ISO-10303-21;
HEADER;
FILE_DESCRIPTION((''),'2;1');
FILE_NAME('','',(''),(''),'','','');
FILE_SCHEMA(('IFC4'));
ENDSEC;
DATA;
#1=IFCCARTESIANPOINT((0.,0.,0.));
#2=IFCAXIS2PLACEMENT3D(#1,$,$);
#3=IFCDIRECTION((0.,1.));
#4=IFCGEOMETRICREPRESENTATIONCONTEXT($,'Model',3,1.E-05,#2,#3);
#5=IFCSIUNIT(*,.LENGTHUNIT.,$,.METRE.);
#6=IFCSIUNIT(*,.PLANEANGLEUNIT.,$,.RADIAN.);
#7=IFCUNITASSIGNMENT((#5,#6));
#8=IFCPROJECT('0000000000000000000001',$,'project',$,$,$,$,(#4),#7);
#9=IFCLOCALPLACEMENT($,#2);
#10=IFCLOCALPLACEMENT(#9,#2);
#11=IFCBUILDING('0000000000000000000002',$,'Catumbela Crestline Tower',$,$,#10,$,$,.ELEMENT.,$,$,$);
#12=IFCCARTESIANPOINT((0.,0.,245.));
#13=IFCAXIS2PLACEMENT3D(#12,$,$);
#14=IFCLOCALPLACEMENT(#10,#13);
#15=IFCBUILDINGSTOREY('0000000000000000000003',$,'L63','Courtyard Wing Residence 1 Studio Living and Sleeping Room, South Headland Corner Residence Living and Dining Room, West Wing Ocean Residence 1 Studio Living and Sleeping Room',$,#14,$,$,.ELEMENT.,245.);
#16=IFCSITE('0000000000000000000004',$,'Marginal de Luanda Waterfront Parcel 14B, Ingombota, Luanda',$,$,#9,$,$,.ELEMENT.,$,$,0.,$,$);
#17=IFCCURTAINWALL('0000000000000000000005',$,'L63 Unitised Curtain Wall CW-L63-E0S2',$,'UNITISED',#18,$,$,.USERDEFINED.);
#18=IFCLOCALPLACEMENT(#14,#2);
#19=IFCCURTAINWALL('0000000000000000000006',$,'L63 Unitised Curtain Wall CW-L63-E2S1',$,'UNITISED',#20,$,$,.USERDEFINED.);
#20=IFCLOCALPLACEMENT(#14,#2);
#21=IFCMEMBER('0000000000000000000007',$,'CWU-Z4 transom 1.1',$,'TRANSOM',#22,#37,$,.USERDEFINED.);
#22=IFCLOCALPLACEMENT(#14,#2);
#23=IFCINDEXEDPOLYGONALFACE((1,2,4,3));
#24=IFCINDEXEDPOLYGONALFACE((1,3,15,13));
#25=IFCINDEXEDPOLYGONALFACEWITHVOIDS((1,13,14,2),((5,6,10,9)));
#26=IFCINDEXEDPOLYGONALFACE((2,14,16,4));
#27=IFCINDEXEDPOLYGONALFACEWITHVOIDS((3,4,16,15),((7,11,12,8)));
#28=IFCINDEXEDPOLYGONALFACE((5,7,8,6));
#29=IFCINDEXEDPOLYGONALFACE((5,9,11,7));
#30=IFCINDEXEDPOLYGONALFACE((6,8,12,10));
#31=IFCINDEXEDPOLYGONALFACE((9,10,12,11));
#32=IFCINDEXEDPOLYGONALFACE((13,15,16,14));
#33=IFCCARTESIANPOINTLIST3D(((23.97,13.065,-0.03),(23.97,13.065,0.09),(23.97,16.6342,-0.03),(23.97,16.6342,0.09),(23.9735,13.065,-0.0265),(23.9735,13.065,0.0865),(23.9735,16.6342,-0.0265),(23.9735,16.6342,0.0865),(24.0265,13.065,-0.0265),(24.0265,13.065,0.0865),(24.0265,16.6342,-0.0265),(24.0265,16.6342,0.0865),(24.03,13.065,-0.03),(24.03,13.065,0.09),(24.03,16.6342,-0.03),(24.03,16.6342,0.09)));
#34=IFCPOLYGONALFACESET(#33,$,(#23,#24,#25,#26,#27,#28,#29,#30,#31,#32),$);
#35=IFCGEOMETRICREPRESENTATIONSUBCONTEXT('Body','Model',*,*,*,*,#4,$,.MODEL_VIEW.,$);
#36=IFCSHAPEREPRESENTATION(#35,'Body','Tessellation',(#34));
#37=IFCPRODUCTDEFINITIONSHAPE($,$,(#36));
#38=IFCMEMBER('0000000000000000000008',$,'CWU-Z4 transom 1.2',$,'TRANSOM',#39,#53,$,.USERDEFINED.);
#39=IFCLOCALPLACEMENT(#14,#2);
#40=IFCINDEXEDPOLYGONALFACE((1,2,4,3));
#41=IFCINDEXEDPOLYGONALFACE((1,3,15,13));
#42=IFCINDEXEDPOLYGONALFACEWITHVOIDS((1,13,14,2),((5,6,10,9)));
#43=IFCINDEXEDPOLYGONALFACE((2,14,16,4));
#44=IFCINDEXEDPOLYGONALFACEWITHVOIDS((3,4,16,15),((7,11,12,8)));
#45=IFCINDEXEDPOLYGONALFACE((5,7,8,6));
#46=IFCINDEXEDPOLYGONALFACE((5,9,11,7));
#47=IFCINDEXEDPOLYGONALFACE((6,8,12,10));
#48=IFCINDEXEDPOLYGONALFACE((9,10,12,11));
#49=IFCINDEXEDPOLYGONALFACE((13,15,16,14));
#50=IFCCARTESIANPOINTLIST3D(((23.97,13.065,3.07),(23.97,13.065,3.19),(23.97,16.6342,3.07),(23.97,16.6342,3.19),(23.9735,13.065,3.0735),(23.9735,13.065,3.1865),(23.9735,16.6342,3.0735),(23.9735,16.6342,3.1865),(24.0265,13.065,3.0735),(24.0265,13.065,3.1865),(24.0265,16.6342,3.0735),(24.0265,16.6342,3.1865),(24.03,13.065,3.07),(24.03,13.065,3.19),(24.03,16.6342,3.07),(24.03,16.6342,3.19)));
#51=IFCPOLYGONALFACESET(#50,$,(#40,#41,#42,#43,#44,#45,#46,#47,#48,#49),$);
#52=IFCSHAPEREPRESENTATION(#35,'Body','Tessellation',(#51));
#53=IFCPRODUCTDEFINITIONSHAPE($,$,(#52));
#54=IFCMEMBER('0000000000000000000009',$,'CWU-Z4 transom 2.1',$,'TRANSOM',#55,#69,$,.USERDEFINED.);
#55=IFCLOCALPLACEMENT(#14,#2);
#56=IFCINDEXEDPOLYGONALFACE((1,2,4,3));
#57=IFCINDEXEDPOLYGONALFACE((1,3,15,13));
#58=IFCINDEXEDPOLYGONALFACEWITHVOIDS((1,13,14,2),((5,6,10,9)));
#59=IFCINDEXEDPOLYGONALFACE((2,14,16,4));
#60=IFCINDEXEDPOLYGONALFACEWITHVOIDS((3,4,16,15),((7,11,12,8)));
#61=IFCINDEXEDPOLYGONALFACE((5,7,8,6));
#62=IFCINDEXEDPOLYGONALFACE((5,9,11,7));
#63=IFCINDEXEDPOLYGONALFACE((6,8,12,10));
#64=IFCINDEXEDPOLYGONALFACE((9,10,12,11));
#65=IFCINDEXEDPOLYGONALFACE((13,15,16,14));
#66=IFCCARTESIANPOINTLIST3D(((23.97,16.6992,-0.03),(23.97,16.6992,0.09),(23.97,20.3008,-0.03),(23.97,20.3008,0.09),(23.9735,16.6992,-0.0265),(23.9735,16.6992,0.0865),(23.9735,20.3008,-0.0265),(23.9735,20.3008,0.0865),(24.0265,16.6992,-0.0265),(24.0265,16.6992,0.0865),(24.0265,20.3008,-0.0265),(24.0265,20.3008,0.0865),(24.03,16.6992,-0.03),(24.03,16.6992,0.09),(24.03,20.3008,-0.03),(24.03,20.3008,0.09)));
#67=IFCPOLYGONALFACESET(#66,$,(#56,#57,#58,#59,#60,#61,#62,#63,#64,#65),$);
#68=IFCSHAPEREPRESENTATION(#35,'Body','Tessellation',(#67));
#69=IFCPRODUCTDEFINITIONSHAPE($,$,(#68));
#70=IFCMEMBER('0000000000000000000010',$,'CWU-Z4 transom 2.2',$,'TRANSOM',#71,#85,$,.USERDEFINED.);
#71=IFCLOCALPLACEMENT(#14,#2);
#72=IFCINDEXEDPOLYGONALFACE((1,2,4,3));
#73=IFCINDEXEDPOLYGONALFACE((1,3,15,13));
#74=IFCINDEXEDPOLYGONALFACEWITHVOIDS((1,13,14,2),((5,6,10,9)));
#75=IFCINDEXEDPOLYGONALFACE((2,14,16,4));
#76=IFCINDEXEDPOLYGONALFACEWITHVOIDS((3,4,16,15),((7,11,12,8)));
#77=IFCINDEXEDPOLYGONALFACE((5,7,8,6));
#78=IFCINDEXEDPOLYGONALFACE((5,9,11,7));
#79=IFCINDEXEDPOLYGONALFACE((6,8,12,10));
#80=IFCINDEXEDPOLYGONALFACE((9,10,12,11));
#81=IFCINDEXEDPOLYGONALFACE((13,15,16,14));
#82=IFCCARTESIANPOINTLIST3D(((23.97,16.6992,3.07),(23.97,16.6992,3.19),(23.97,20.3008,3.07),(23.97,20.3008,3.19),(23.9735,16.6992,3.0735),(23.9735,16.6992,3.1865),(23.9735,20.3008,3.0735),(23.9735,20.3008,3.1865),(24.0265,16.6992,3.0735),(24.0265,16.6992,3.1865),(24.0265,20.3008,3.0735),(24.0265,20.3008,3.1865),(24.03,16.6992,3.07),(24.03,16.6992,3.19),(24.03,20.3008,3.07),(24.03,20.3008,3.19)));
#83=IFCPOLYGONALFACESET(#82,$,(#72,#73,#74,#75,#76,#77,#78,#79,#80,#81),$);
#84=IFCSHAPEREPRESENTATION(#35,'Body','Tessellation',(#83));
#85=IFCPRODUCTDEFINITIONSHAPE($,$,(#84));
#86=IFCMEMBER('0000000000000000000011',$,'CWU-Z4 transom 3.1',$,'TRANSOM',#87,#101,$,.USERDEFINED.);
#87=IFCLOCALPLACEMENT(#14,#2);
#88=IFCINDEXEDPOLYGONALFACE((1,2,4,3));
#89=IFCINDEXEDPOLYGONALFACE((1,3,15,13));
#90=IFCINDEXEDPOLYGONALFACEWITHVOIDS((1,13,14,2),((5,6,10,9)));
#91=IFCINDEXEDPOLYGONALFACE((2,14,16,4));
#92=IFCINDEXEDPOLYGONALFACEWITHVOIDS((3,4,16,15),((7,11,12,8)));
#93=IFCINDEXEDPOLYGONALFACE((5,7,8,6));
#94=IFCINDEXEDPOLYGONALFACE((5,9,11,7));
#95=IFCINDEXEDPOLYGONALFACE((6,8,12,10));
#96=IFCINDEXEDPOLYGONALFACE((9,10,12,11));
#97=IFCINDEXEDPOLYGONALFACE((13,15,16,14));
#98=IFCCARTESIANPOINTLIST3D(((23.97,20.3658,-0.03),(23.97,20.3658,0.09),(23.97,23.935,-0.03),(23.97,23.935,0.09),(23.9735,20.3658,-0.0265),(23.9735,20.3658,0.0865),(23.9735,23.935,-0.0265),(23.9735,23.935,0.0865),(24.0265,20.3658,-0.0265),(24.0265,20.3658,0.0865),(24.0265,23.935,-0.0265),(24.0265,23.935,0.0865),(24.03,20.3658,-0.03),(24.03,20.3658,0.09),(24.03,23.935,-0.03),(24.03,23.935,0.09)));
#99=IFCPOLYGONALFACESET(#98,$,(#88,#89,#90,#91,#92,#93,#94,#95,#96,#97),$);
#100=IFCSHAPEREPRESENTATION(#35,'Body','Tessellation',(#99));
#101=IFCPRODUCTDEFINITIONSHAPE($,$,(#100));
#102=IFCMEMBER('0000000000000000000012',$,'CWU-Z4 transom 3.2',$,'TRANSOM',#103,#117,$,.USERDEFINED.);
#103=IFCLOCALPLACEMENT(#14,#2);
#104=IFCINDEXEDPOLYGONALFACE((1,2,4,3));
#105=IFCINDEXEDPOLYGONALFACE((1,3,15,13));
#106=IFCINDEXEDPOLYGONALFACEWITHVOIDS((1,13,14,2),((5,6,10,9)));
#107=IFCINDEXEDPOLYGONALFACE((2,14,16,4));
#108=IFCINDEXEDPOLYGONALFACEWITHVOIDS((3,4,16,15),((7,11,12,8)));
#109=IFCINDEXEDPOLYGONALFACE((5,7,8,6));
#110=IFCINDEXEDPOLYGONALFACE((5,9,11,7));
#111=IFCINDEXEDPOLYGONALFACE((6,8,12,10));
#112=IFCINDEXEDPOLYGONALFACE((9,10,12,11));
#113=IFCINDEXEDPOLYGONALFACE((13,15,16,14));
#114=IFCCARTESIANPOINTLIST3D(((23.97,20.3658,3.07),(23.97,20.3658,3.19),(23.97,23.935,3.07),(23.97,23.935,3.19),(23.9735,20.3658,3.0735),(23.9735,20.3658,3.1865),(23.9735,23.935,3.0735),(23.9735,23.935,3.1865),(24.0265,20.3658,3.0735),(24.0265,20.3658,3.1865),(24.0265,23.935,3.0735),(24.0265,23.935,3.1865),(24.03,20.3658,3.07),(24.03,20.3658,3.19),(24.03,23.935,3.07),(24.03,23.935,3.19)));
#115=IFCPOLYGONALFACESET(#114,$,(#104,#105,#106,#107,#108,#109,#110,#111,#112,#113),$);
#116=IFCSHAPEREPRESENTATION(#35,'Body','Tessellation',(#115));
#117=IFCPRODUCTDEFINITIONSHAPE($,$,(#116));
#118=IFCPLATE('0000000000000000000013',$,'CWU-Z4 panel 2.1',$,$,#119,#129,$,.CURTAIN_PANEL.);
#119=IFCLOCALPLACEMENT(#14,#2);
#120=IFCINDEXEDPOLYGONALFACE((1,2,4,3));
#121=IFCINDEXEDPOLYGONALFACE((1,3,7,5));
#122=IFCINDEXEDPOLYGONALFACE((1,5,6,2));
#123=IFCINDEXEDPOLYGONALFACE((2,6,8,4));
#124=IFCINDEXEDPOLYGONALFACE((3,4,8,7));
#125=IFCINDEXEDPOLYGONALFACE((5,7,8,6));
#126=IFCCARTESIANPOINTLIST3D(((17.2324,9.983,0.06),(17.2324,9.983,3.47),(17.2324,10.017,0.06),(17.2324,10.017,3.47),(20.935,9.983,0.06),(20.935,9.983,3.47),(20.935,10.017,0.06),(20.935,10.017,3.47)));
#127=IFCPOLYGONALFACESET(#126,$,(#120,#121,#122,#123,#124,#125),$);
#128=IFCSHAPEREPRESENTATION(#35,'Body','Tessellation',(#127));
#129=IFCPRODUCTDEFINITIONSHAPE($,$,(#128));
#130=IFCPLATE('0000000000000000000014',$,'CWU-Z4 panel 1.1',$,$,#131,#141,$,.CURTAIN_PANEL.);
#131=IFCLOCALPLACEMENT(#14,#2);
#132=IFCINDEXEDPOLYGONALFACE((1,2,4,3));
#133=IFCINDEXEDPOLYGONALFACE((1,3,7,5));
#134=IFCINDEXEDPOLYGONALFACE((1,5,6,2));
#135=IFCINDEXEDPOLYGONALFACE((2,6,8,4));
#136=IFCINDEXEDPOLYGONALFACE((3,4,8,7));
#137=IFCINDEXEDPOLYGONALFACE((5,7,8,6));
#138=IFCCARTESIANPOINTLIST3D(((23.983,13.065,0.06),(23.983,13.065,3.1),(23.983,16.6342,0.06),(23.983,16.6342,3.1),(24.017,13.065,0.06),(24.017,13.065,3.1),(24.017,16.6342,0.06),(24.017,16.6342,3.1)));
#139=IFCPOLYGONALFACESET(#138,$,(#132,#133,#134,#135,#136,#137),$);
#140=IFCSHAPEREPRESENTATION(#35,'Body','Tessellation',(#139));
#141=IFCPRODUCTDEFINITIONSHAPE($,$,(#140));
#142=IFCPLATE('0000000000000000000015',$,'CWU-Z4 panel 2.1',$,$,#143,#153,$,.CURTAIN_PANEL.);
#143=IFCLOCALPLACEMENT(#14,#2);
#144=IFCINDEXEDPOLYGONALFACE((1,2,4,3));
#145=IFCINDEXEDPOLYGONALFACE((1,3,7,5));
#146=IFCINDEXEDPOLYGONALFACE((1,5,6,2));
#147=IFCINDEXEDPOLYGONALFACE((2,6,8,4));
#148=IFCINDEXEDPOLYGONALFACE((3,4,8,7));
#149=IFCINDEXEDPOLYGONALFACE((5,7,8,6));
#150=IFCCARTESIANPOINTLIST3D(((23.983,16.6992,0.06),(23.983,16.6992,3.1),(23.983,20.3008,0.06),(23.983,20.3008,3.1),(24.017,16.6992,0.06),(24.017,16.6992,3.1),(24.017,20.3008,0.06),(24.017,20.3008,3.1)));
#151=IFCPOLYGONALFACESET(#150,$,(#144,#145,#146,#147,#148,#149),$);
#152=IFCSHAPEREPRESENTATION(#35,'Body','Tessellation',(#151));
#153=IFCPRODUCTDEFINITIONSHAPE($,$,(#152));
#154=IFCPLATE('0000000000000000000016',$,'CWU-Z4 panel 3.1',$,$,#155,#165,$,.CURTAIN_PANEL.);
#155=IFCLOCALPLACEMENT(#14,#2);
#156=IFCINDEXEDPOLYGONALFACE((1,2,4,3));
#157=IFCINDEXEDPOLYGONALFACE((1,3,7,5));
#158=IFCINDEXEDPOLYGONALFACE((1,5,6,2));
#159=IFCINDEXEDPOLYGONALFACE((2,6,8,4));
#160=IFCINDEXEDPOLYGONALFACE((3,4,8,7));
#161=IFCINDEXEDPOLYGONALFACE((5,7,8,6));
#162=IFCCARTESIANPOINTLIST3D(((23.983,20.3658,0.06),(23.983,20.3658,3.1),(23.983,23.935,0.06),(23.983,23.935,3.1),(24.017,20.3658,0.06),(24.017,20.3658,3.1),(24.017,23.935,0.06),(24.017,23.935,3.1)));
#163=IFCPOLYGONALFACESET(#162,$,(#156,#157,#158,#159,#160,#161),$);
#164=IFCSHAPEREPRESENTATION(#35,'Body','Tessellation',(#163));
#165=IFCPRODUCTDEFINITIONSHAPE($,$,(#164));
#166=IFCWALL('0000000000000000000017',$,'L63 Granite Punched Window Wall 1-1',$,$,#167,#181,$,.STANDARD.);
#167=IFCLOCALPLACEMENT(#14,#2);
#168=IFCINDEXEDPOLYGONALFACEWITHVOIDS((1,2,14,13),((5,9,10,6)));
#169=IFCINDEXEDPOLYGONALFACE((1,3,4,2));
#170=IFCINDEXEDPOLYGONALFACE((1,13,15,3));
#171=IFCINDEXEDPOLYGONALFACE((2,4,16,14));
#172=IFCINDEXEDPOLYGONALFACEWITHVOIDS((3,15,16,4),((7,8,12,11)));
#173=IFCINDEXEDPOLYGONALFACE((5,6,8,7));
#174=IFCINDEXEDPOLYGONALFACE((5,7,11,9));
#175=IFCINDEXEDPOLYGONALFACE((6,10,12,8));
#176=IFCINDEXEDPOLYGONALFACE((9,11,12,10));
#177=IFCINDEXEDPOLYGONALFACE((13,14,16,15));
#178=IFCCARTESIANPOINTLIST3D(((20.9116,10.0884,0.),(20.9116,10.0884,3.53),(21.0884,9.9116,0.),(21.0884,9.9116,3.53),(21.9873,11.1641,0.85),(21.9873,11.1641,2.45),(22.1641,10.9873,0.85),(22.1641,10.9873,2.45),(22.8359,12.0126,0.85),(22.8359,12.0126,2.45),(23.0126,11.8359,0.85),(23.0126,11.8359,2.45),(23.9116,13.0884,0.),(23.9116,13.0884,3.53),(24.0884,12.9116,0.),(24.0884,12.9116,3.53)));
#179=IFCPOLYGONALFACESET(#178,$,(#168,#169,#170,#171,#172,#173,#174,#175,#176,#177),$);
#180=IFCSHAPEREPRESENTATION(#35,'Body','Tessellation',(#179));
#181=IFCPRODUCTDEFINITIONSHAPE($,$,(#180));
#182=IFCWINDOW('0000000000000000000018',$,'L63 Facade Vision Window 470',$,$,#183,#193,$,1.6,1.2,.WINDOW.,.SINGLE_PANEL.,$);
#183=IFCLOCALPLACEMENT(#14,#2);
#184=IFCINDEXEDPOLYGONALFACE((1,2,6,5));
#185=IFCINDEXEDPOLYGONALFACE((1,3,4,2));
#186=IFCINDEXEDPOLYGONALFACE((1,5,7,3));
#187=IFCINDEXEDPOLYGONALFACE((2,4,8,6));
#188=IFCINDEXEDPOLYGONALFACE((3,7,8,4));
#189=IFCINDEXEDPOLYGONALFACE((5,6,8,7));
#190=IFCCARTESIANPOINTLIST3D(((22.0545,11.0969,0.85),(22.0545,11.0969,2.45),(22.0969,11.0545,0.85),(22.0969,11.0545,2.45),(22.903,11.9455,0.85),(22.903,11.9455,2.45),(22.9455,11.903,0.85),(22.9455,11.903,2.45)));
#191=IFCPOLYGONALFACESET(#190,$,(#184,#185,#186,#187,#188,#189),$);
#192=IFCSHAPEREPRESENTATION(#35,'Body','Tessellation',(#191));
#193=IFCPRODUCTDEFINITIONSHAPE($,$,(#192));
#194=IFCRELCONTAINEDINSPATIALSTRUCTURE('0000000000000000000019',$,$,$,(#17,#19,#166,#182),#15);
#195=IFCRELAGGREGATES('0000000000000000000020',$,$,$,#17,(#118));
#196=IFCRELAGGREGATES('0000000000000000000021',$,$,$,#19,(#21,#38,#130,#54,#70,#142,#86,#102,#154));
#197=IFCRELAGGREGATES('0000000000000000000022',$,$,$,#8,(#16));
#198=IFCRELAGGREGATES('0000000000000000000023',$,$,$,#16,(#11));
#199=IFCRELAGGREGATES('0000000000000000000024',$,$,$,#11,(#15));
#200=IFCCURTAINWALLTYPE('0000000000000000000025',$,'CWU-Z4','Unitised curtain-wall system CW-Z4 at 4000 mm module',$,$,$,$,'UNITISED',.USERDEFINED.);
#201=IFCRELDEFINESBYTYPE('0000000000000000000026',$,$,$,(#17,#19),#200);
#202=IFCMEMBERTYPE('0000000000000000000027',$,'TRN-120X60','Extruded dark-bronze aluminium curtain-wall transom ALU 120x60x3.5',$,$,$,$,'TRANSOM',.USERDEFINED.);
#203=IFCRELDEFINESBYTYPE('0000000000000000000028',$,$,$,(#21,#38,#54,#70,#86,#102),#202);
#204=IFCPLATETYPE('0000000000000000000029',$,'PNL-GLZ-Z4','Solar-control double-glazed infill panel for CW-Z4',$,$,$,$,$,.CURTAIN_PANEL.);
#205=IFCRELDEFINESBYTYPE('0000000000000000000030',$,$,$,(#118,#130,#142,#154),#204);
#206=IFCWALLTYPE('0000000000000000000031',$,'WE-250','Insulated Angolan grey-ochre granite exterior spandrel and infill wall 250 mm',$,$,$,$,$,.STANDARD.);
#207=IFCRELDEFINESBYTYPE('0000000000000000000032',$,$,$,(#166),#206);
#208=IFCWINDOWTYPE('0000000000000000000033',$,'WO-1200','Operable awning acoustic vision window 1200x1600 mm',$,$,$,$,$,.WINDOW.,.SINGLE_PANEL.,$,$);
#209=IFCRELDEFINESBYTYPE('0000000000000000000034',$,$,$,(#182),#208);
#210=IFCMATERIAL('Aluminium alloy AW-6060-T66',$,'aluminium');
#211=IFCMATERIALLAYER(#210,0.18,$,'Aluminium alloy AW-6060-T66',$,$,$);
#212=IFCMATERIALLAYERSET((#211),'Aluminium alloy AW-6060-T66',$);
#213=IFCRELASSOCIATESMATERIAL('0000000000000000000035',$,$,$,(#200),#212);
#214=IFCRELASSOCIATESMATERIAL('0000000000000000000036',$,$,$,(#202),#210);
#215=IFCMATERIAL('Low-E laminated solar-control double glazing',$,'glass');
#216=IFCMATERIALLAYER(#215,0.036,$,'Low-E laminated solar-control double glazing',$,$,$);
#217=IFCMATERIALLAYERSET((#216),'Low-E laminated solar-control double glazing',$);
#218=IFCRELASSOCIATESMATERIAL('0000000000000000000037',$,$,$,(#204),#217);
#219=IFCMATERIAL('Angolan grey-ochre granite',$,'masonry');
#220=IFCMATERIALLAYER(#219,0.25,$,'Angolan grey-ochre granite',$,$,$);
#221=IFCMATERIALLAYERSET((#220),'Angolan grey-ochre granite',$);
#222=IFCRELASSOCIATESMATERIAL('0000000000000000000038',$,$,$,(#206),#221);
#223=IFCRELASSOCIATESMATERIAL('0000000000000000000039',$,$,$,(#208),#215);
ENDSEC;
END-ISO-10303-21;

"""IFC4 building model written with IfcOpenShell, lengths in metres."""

from ifc_helpers import new_model, si_unit, direction, frame, frame_2d, origin, origin_2d, place, context, subcontext, project, spatial, rectangle, hollow_rectangle, extrude, material, layer, layer_set, material_profile, profile_set, type_object, element, fill, aggregate, save


model = new_model("IFC4")

# Units and contexts
model_context = context("Model", 3, precision=1e-05, world=origin(), true_north=direction((0.0, 1.0)))
body_context = subcontext(model_context, "Body", "Model", "MODEL_VIEW")
ifc_project = project(units=[si_unit("LENGTHUNIT", "METRE"), si_unit("PLANEANGLEUNIT", "RADIAN")], contexts=[model_context])

# Site, building, storey
site_placement = place(None, origin())
site = spatial("IfcSite", under=ifc_project, at=site_placement, Name="Marginal de Luanda Waterfront Parcel 14B, Ingombota, Luanda", CompositionType="ELEMENT", RefElevation=0.0)
building_placement = place(site_placement, origin())
building = spatial("IfcBuilding", under=site, at=building_placement, Name="Catumbela Crestline Tower", CompositionType="ELEMENT")
storey_placement = place(building_placement, frame((0.0, 0.0, 245.0)))
storey = spatial("IfcBuildingStorey", under=building, at=storey_placement, Name="L63", Description="Courtyard Wing Residence 1 Studio Living and Sleeping Room, South Headland Corner Residence Living and Dining Room, West Wing Ocean Residence 1 Studio Living and Sleeping Room", CompositionType="ELEMENT", Elevation=245.0)

# Curtain wall
ifc_material_1 = material(Name="Aluminium alloy AW-6060-T66", Category="aluminium")
ifc_layer_1 = layer(ifc_material_1, 0.18, Name="Aluminium alloy AW-6060-T66")
ifc_layer_set_1 = layer_set([ifc_layer_1], Name="Aluminium alloy AW-6060-T66")
curtain_wall_type = type_object("IfcCurtainWallType", Name="CWU-Z4", Description="Unitised curtain-wall system CW-Z4 at 4000 mm module", ElementType="UNITISED", PredefinedType="USERDEFINED", material=ifc_layer_set_1)
curtain_wall_1_placement = place(storey_placement, origin())
curtain_wall_1 = element("IfcCurtainWall", 1, at=curtain_wall_1_placement, inside=storey, type_object=curtain_wall_type, Name="L63 Unitised Curtain Wall CW-L63-E0S2", ObjectType="UNITISED", PredefinedType="USERDEFINED")

# Curtain wall
curtain_wall_2_placement = place(storey_placement, origin())
curtain_wall_2 = element("IfcCurtainWall", 2, at=curtain_wall_2_placement, inside=storey, type_object=curtain_wall_type, Name="L63 Unitised Curtain Wall CW-L63-E2S1", ObjectType="UNITISED", PredefinedType="USERDEFINED")

# Members
ifc_material_profile_1 = material_profile(ifc_material_1, hollow_rectangle(XDim=0.06, YDim=0.12, WallThickness=0.0035, at=origin_2d()), Name="ALU 120x60x3.5")
ifc_profile_set_1 = profile_set([ifc_material_profile_1], Name="Aluminium alloy AW-6060-T66")
member_type_1 = type_object("IfcMemberType", Name="TRN-120X60", Description="Extruded dark-bronze aluminium curtain-wall transom ALU 120x60x3.5", ElementType="TRANSOM", PredefinedType="USERDEFINED", material=ifc_profile_set_1)
member_1_placement = place(storey_placement, frame((24.0, 13.065, 0.03), z_axis=(0.0, 1.0, 0.0), x_axis=(-1.0, 0.0, 0.0)))
member_1 = element("IfcMember", 3, at=member_1_placement, type_object=member_type_1, Name="CWU-Z4 transom 1.1", ObjectType="TRANSOM", PredefinedType="USERDEFINED", context=body_context, shape_type="SweptSolid", body=[
    extrude(hollow_rectangle(XDim=0.06, YDim=0.12, WallThickness=0.0035, at=origin_2d()), origin(), (0.0, 0.0, 1.0), 3.5692),
])
member_2_placement = place(storey_placement, frame((24.0, 13.065, 3.13), z_axis=(0.0, 1.0, 0.0), x_axis=(-1.0, 0.0, 0.0)))
member_2 = element("IfcMember", 4, at=member_2_placement, type_object=member_type_1, Name="CWU-Z4 transom 1.2", ObjectType="TRANSOM", PredefinedType="USERDEFINED", context=body_context, shape_type="SweptSolid", body=[
    extrude(hollow_rectangle(XDim=0.06, YDim=0.12, WallThickness=0.0035, at=origin_2d()), origin(), (0.0, 0.0, 1.0), 3.5692),
])
member_3_placement = place(storey_placement, frame((24.0, 16.6992, 0.03), z_axis=(0.0, 1.0, 0.0), x_axis=(-1.0, 0.0, 0.0)))
member_3 = element("IfcMember", 5, at=member_3_placement, type_object=member_type_1, Name="CWU-Z4 transom 2.1", ObjectType="TRANSOM", PredefinedType="USERDEFINED", context=body_context, shape_type="SweptSolid", body=[
    extrude(hollow_rectangle(XDim=0.06, YDim=0.12, WallThickness=0.0035, at=origin_2d()), origin(), (0.0, 0.0, 1.0), 3.6016),
])
member_4_placement = place(storey_placement, frame((24.0, 16.6992, 3.13), z_axis=(0.0, 1.0, 0.0), x_axis=(-1.0, 0.0, 0.0)))
member_4 = element("IfcMember", 6, at=member_4_placement, type_object=member_type_1, Name="CWU-Z4 transom 2.2", ObjectType="TRANSOM", PredefinedType="USERDEFINED", context=body_context, shape_type="SweptSolid", body=[
    extrude(hollow_rectangle(XDim=0.06, YDim=0.12, WallThickness=0.0035, at=origin_2d()), origin(), (0.0, 0.0, 1.0), 3.6016),
])
member_5_placement = place(storey_placement, frame((24.0, 20.3658, 0.03), z_axis=(0.0, 1.0, 0.0), x_axis=(-1.0, 0.0, 0.0)))
member_5 = element("IfcMember", 7, at=member_5_placement, type_object=member_type_1, Name="CWU-Z4 transom 3.1", ObjectType="TRANSOM", PredefinedType="USERDEFINED", context=body_context, shape_type="SweptSolid", body=[
    extrude(hollow_rectangle(XDim=0.06, YDim=0.12, WallThickness=0.0035, at=origin_2d()), origin(), (0.0, 0.0, 1.0), 3.5692),
])
member_6_placement = place(storey_placement, frame((24.0, 20.3658, 3.13), z_axis=(0.0, 1.0, 0.0), x_axis=(-1.0, 0.0, 0.0)))
member_6 = element("IfcMember", 8, at=member_6_placement, type_object=member_type_1, Name="CWU-Z4 transom 3.2", ObjectType="TRANSOM", PredefinedType="USERDEFINED", context=body_context, shape_type="SweptSolid", body=[
    extrude(hollow_rectangle(XDim=0.06, YDim=0.12, WallThickness=0.0035, at=origin_2d()), origin(), (0.0, 0.0, 1.0), 3.5692),
])

# Plates
ifc_material_2 = material(Name="Low-E laminated solar-control double glazing", Category="glass")
ifc_layer_2 = layer(ifc_material_2, 0.036, Name="Low-E laminated solar-control double glazing")
ifc_layer_set_2 = layer_set([ifc_layer_2], Name="Low-E laminated solar-control double glazing")
plate_type = type_object("IfcPlateType", Name="PNL-GLZ-Z4", Description="Solar-control double-glazed infill panel for CW-Z4", PredefinedType="CURTAIN_PANEL", material=ifc_layer_set_2)
plate_1_placement = place(storey_placement, frame((19.0837, 10.0, 0.06), z_axis=(0.0, 0.0, 1.0), x_axis=(1.0, 0.0, 0.0)))
plate_1 = element("IfcPlate", 9, at=plate_1_placement, type_object=plate_type, Name="CWU-Z4 panel 2.1", PredefinedType="CURTAIN_PANEL", context=body_context, shape_type="SweptSolid", body=[
    extrude(rectangle(XDim=3.7025, YDim=0.034, at=origin_2d()), origin(), (0.0, 0.0, 1.0), 3.41),
])
aggregate(curtain_wall_1, [plate_1])
plate_2_placement = place(storey_placement, frame((24.0, 14.8496, 0.06), z_axis=(0.0, 0.0, 1.0), x_axis=(0.0, 1.0, 0.0)))
plate_2 = element("IfcPlate", 10, at=plate_2_placement, type_object=plate_type, Name="CWU-Z4 panel 1.1", PredefinedType="CURTAIN_PANEL", context=body_context, shape_type="SweptSolid", body=[
    extrude(rectangle(XDim=3.5692, YDim=0.034, at=origin_2d()), origin(), (0.0, 0.0, 1.0), 3.04),
])
plate_3_placement = place(storey_placement, frame((24.0, 18.5, 0.06), z_axis=(0.0, 0.0, 1.0), x_axis=(0.0, 1.0, 0.0)))
plate_3 = element("IfcPlate", 11, at=plate_3_placement, type_object=plate_type, Name="CWU-Z4 panel 2.1", PredefinedType="CURTAIN_PANEL", context=body_context, shape_type="SweptSolid", body=[
    extrude(rectangle(XDim=3.6017, YDim=0.034, at=origin_2d()), origin(), (0.0, 0.0, 1.0), 3.04),
])
plate_4_placement = place(storey_placement, frame((24.0, 22.1504, 0.06), z_axis=(0.0, 0.0, 1.0), x_axis=(0.0, 1.0, 0.0)))
plate_4 = element("IfcPlate", 12, at=plate_4_placement, type_object=plate_type, Name="CWU-Z4 panel 3.1", PredefinedType="CURTAIN_PANEL", context=body_context, shape_type="SweptSolid", body=[
    extrude(rectangle(XDim=3.5692, YDim=0.034, at=origin_2d()), origin(), (0.0, 0.0, 1.0), 3.04),
])
aggregate(curtain_wall_2, [member_1, member_2, plate_2, member_3, member_4, plate_3, member_5, member_6, plate_4])

# Wall, opening, window
ifc_material_3 = material(Name="Angolan grey-ochre granite", Category="masonry")
ifc_layer_3 = layer(ifc_material_3, 0.25, Name="Angolan grey-ochre granite")
ifc_layer_set_3 = layer_set([ifc_layer_3], Name="Angolan grey-ochre granite")
wall_type_1 = type_object("IfcWallType", Name="WE-250", Description="Insulated Angolan grey-ochre granite exterior spandrel and infill wall 250 mm", PredefinedType="STANDARD", material=ifc_layer_set_3)
wall_1_placement = place(storey_placement, frame((21.0, 10.0, 0.0), z_axis=(0.0, 0.0, 1.0), x_axis=(0.707107, 0.707107, 0.0)))
wall_1 = element("IfcWall", 13, at=wall_1_placement, inside=storey, type_object=wall_type_1, Name="L63 Granite Punched Window Wall 1-1", PredefinedType="STANDARD", context=body_context, shape_type="SweptSolid", body=[
    extrude(rectangle(XDim=4.2426, YDim=0.25, at=frame_2d((2.1213, 0.0))), origin(), (0.0, 0.0, 1.0), 3.53),
])
opening_1_placement = place(wall_1_placement, frame((1.5213, 0.0, 0.85)))
opening_1 = element("IfcOpeningElement", 14, at=opening_1_placement, cuts=wall_1, PredefinedType="OPENING", context=body_context, shape_type="SweptSolid", body=[
    extrude(rectangle(XDim=1.2, YDim=1.6, at=frame_2d((0.6, 0.8))), frame((0.0, 0.135, 0.0), z_axis=(0.0, -1.0, 0.0), x_axis=(1.0, 0.0, 0.0)), (0.0, 0.0, 1.0), 0.27),
])
window_type = type_object("IfcWindowType", Name="WO-1200", Description="Operable awning acoustic vision window 1200x1600 mm", PartitioningType="SINGLE_PANEL", PredefinedType="WINDOW", material=ifc_material_2)
window_placement = place(opening_1_placement, origin())
window = element("IfcWindow", 15, at=window_placement, inside=storey, type_object=window_type, Name="L63 Facade Vision Window 470", OverallHeight=1.6, OverallWidth=1.2, PartitioningType="SINGLE_PANEL", PredefinedType="WINDOW", context=body_context, shape_type="SweptSolid", body=[
    extrude(rectangle(XDim=1.2, YDim=1.6, at=frame_2d((0.6, 0.8))), frame((0.0, 0.03, 0.0), z_axis=(0.0, -1.0, 0.0), x_axis=(1.0, 0.0, 0.0)), (0.0, 0.0, 1.0), 0.06),
])
fill(opening_1, window)

save(model, "model.ifc")
